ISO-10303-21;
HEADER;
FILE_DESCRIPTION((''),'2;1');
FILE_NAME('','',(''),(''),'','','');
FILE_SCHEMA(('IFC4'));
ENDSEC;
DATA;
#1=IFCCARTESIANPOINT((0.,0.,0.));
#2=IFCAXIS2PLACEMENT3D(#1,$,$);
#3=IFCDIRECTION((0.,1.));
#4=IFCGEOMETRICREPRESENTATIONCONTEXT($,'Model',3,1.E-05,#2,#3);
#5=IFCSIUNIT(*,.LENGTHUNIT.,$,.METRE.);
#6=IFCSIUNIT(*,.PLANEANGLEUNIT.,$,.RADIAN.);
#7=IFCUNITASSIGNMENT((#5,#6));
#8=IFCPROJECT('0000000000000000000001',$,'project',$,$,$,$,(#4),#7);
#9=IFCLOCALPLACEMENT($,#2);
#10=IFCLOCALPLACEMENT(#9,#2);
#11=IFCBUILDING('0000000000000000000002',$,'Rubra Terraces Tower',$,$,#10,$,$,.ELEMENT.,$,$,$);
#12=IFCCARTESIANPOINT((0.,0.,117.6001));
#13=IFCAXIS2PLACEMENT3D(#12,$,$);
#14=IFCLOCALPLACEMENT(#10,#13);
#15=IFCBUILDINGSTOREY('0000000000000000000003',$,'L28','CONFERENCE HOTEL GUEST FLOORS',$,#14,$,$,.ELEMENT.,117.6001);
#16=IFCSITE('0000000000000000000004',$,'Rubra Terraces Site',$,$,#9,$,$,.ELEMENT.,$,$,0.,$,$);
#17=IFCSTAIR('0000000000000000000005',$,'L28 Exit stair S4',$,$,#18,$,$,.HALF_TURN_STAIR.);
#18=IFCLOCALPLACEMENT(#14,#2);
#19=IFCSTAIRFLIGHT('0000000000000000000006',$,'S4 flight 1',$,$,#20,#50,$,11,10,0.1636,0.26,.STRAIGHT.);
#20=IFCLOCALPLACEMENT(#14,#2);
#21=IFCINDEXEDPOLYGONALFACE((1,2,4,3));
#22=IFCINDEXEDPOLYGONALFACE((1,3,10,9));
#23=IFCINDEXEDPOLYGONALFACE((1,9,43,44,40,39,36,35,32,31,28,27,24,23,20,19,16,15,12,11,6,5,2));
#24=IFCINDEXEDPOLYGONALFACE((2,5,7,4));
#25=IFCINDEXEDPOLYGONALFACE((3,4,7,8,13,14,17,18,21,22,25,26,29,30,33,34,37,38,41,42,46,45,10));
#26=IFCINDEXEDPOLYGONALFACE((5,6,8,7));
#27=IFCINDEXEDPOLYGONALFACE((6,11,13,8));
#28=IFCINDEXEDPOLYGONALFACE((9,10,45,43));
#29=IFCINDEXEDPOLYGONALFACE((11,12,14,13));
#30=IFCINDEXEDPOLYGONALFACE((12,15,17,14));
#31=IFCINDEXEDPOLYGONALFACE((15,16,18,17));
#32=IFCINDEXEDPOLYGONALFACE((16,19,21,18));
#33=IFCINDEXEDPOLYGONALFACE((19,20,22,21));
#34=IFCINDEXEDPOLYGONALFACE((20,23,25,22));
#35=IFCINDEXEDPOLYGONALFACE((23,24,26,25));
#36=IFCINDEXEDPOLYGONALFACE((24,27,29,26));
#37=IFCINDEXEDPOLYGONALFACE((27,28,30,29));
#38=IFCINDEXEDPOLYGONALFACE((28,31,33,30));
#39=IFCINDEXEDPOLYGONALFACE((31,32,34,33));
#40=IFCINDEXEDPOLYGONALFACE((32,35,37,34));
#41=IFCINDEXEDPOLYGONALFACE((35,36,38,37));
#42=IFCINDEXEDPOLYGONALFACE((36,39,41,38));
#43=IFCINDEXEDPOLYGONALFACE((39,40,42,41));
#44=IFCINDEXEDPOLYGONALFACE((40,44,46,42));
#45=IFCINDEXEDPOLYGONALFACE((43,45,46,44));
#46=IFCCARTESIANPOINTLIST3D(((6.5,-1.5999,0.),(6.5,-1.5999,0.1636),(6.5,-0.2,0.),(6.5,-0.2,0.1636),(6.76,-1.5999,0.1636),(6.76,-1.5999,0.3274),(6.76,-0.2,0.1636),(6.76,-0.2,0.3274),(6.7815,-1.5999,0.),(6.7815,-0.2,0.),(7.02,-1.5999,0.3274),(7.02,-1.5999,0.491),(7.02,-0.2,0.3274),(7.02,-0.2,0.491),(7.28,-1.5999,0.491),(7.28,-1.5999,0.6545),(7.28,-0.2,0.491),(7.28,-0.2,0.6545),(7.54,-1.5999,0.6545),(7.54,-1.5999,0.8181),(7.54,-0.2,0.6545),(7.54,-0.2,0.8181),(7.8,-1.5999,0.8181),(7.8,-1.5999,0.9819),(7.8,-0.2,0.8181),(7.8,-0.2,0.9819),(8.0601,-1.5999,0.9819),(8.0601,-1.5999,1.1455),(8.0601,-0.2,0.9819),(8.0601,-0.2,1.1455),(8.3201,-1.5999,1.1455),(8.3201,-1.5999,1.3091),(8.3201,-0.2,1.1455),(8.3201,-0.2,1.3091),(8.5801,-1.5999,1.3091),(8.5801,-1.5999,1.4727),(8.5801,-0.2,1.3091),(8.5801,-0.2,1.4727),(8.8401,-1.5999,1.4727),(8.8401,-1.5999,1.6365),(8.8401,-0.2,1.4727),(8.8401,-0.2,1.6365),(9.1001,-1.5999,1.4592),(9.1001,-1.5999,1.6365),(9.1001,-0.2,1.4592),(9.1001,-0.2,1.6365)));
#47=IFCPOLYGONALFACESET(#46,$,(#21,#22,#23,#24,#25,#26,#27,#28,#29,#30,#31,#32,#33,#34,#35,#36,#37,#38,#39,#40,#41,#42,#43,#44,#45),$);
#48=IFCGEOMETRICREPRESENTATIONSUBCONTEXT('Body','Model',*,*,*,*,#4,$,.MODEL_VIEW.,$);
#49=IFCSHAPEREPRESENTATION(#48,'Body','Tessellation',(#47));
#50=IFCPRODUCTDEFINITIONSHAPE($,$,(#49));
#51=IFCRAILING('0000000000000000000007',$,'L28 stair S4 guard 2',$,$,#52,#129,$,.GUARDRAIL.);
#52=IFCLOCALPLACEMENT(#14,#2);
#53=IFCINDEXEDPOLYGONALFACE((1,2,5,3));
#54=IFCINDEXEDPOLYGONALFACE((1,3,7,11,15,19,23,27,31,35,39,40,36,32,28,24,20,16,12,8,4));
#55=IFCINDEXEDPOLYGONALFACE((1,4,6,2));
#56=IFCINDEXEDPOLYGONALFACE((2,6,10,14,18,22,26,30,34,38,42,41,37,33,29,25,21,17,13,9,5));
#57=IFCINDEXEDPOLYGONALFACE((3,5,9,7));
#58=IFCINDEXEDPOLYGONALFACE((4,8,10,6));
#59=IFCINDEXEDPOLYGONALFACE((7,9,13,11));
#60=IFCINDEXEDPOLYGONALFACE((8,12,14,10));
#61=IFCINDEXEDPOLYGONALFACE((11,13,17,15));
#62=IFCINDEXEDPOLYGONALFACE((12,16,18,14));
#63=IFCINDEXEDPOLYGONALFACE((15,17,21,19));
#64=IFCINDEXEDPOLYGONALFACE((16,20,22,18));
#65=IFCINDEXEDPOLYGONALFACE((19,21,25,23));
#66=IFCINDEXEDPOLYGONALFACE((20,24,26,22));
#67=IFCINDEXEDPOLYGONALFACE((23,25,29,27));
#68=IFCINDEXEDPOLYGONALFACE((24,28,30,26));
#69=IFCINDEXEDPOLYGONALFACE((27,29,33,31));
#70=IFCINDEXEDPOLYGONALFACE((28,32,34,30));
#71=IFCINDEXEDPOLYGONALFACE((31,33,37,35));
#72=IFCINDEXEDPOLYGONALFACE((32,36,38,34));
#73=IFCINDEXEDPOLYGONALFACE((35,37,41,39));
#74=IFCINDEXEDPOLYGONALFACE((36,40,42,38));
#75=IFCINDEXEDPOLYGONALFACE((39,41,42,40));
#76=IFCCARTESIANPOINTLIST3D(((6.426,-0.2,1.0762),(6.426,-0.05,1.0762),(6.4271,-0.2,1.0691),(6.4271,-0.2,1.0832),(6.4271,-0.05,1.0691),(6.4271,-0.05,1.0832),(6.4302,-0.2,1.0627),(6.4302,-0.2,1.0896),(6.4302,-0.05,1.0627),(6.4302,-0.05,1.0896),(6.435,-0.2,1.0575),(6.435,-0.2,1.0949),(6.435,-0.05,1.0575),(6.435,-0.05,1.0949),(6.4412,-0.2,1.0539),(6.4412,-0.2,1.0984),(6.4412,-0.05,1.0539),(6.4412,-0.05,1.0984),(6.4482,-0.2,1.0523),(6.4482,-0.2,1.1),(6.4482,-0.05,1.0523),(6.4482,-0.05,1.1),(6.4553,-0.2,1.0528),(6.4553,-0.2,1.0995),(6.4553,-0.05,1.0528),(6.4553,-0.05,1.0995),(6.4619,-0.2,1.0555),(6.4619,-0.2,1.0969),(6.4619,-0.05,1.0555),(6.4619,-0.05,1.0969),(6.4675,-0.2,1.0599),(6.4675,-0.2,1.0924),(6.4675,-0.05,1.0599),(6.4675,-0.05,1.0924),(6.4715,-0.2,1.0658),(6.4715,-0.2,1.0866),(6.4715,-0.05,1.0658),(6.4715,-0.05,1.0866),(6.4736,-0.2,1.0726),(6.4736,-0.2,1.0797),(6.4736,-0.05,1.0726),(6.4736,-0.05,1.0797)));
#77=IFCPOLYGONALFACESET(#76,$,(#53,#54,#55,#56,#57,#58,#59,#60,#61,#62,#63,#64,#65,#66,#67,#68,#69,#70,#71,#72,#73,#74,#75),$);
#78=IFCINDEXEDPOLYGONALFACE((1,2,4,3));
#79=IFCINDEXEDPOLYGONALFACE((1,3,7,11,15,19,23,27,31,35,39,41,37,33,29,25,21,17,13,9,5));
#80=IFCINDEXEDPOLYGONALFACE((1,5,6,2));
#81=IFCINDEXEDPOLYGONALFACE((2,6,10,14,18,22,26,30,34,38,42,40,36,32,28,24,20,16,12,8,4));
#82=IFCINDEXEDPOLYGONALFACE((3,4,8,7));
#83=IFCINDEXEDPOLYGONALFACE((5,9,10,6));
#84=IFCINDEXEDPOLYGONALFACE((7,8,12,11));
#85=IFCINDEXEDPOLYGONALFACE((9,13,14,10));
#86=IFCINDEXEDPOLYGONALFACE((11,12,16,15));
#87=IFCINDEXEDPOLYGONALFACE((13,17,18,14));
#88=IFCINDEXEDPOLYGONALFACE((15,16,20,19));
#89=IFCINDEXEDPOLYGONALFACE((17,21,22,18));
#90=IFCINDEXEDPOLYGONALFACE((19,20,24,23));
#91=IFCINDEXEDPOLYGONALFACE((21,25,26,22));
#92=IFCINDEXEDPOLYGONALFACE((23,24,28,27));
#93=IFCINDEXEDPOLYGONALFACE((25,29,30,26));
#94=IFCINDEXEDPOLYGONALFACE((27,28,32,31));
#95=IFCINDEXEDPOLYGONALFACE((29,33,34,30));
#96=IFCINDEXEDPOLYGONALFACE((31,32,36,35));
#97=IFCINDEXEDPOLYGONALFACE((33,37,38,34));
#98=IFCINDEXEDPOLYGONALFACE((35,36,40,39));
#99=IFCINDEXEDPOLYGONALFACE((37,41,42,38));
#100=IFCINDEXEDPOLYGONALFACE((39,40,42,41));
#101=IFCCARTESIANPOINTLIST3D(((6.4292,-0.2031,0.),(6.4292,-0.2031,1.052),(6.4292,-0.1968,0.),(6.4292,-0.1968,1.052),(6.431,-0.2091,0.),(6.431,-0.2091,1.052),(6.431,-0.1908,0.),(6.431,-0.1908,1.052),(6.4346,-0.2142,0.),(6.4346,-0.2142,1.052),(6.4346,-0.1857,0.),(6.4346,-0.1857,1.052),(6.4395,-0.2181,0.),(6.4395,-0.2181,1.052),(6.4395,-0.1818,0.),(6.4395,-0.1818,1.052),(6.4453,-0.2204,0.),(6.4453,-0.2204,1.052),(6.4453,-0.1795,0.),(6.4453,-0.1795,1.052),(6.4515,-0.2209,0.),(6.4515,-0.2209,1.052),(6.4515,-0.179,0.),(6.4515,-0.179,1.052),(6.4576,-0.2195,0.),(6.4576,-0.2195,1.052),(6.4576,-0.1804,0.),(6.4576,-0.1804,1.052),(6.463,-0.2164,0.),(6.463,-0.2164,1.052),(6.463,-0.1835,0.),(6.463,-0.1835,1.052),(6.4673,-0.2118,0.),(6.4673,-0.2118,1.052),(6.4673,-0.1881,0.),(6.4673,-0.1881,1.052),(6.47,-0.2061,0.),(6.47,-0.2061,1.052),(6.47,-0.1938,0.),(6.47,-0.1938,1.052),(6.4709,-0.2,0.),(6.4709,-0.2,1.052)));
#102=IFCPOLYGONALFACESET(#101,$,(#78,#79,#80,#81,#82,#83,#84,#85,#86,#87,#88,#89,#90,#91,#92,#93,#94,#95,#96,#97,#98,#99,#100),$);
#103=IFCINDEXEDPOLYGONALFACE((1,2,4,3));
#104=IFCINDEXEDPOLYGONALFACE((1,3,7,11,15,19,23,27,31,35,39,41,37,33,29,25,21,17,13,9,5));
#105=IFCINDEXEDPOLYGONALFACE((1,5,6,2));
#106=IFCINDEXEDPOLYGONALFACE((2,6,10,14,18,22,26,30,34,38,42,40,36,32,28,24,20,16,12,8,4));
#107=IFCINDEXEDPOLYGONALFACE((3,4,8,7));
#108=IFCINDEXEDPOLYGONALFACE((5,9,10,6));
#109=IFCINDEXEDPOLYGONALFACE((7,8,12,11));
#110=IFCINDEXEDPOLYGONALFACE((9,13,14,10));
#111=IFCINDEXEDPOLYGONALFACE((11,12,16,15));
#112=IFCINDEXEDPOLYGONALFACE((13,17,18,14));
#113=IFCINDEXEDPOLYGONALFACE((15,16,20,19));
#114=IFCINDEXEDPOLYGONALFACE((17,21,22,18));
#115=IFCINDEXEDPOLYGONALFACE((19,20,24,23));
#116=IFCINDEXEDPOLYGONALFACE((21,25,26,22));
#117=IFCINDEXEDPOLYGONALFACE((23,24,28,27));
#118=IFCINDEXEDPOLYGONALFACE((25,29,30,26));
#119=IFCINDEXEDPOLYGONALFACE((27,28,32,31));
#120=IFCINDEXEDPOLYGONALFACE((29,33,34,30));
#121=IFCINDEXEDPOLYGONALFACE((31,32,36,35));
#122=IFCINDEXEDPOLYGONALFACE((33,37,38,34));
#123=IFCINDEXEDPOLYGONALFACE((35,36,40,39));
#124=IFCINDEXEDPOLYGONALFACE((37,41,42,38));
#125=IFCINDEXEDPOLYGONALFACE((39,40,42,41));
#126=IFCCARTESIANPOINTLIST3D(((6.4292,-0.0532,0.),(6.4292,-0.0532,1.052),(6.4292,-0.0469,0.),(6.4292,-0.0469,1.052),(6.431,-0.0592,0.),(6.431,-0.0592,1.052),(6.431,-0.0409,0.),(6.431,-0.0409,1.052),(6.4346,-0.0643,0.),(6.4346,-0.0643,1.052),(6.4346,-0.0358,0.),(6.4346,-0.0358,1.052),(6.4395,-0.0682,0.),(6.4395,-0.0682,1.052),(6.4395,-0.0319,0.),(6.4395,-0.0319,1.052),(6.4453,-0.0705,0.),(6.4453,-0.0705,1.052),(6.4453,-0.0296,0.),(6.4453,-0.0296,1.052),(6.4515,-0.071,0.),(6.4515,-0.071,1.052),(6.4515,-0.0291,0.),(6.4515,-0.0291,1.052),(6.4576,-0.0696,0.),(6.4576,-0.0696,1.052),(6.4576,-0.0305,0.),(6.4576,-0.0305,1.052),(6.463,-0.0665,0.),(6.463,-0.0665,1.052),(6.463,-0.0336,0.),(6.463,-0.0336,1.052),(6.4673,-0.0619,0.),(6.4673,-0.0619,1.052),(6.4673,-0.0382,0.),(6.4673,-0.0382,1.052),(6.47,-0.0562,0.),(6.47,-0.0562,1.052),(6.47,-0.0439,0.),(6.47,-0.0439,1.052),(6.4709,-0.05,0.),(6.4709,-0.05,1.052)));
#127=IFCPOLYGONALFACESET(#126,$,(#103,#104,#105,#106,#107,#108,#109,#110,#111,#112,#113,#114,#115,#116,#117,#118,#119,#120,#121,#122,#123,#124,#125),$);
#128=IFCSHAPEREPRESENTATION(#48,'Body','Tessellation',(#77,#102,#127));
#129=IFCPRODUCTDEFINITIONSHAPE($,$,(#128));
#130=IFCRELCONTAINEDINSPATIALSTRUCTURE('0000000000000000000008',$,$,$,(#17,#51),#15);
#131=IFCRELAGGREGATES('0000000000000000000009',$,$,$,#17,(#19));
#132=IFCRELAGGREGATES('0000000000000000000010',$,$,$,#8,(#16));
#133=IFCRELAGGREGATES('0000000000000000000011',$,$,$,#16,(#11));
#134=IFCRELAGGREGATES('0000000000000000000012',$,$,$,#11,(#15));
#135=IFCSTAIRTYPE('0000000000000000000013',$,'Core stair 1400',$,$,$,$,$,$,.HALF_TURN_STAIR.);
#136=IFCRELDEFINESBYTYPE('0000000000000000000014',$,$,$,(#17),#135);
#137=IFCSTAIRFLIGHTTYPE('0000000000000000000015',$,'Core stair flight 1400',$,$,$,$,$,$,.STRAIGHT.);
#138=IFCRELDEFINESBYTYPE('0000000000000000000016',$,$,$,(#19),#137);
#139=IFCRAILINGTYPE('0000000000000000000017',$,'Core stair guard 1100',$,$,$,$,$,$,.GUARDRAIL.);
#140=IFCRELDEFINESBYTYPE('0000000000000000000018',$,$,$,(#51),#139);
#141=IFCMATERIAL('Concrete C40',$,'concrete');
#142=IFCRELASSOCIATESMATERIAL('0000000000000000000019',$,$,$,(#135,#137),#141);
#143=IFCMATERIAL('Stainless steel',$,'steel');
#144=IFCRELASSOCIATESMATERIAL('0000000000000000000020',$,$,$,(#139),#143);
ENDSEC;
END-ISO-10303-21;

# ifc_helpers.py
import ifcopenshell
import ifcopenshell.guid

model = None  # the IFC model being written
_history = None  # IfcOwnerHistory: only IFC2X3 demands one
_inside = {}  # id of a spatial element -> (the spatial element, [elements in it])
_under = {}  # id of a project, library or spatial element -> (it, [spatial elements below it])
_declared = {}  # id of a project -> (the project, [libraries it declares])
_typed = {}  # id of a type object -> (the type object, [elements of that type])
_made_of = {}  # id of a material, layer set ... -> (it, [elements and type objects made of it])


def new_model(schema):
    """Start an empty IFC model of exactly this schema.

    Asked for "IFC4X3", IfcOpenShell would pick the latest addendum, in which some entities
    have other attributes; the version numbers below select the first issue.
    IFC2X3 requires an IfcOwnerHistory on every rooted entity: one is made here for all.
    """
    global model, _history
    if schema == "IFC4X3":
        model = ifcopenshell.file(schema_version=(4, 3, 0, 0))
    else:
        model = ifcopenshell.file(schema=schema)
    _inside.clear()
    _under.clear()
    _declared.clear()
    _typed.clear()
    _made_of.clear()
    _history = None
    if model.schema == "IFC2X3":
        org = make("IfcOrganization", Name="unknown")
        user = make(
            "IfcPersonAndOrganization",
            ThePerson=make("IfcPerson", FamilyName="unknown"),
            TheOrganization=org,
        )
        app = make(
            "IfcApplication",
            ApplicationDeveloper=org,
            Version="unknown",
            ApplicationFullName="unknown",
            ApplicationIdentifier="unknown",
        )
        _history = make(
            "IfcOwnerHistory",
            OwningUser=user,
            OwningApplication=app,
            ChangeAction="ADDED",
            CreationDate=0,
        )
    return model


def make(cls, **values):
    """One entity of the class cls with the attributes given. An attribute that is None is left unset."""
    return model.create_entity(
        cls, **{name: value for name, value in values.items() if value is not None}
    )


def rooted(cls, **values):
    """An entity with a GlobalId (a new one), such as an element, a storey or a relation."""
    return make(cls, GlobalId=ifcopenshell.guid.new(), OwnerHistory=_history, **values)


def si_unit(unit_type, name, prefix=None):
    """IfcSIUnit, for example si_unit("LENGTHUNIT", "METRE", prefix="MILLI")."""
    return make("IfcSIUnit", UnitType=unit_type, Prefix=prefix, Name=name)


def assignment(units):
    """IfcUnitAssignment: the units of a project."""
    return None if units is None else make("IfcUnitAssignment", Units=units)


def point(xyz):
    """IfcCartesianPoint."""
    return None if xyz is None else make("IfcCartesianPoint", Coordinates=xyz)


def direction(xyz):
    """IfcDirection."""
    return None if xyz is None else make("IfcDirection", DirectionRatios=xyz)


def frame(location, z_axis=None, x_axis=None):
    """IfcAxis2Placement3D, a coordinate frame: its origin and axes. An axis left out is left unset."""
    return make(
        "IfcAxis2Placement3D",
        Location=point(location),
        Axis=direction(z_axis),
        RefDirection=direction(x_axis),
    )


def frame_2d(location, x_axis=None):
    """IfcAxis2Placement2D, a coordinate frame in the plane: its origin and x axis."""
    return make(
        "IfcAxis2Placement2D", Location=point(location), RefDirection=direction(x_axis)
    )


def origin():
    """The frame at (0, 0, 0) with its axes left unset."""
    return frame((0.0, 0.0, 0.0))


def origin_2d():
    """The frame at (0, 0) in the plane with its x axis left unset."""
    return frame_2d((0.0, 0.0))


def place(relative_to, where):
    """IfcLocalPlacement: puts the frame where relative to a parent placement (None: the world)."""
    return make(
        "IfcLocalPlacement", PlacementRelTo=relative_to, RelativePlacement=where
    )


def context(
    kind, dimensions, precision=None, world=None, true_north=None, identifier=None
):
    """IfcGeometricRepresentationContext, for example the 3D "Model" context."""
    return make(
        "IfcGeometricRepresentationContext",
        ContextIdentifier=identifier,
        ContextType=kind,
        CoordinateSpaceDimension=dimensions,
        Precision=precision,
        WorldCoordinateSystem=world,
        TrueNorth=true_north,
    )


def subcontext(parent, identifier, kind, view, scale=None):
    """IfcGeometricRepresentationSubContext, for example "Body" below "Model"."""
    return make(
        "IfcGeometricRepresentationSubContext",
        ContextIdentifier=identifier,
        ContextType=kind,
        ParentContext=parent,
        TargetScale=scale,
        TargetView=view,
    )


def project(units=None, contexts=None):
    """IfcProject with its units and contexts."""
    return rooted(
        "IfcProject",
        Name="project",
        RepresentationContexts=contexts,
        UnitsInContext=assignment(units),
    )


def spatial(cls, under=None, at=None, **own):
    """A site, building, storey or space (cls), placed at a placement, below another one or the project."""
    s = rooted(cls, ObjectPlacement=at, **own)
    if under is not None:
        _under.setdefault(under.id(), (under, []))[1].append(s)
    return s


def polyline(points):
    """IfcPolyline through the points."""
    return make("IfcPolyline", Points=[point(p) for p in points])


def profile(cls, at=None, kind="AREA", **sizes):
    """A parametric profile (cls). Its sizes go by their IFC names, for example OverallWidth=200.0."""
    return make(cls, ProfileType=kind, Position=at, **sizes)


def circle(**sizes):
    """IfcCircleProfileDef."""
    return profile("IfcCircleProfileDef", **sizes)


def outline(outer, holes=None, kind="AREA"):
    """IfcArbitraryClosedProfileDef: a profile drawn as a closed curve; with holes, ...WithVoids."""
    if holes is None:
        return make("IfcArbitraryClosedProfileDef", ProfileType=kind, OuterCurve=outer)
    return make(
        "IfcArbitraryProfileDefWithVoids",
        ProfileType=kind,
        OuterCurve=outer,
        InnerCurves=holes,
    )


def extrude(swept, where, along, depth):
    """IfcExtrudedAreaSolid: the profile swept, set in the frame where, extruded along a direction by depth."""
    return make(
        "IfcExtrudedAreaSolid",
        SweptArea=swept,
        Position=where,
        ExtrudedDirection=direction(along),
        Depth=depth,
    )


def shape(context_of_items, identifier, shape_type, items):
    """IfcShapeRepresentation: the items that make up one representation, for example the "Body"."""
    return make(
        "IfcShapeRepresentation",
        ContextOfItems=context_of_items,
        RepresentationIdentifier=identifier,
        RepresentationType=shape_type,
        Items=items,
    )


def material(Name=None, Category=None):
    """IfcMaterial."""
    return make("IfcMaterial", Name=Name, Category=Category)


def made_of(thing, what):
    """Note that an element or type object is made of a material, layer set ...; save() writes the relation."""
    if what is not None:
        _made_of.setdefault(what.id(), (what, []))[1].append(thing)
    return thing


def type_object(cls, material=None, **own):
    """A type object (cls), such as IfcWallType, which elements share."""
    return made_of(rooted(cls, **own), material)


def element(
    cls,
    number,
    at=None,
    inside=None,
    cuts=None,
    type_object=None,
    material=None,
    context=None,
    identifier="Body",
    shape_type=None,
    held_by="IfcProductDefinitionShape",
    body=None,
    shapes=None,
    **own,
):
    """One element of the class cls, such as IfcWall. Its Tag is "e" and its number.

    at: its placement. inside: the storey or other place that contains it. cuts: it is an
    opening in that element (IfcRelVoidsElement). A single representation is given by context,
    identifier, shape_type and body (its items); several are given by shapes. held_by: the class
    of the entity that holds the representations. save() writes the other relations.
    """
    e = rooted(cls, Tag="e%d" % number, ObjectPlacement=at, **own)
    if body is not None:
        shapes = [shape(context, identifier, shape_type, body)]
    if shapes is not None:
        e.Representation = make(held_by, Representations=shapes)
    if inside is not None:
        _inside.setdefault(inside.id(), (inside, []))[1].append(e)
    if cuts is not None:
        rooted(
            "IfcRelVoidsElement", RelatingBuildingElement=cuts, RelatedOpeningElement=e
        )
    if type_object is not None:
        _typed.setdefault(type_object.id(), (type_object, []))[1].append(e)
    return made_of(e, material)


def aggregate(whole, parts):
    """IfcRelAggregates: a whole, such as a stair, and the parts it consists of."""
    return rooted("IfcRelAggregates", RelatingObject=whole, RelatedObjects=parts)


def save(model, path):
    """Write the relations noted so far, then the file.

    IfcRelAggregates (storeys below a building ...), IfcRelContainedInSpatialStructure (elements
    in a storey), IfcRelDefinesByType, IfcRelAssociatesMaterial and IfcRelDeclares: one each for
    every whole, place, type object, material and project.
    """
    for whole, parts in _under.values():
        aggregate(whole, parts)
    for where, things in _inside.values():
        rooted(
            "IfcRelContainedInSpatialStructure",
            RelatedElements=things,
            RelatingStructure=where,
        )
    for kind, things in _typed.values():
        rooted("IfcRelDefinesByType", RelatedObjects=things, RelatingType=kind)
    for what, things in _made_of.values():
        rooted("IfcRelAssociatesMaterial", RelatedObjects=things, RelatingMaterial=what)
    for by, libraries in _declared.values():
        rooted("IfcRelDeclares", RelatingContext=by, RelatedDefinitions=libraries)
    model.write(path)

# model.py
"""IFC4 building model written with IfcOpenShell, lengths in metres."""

from ifc_helpers import new_model, si_unit, direction, frame, origin, origin_2d, place, context, subcontext, project, spatial, polyline, circle, outline, extrude, material, type_object, element, aggregate, save


model = new_model("IFC4")

# Units and contexts
model_context = context("Model", 3, precision=1e-05, world=origin(), true_north=direction((0.0, 1.0)))
body_context = subcontext(model_context, "Body", "Model", "MODEL_VIEW")
ifc_project = project(units=[si_unit("LENGTHUNIT", "METRE"), si_unit("PLANEANGLEUNIT", "RADIAN")], contexts=[model_context])

# Site, building, storey
site_placement = place(None, origin())
site = spatial("IfcSite", under=ifc_project, at=site_placement, Name="Rubra Terraces Site", CompositionType="ELEMENT", RefElevation=0.0)
building_placement = place(site_placement, origin())
building = spatial("IfcBuilding", under=site, at=building_placement, Name="Rubra Terraces Tower", CompositionType="ELEMENT")
storey_placement = place(building_placement, frame((0.0, 0.0, 117.6001)))
storey = spatial("IfcBuildingStorey", under=building, at=storey_placement, Name="L28", Description="CONFERENCE HOTEL GUEST FLOORS", CompositionType="ELEMENT", Elevation=117.6001)

# Stair
ifc_material_1 = material(Name="Concrete C40", Category="concrete")
stair_type = type_object("IfcStairType", Name="Core stair 1400", PredefinedType="HALF_TURN_STAIR", material=ifc_material_1)
stair_1_placement = place(storey_placement, origin())
stair_1 = element("IfcStair", 1, at=stair_1_placement, inside=storey, type_object=stair_type, Name="L28 Exit stair S4", PredefinedType="HALF_TURN_STAIR")

# Stair flight
stair_flight_type = type_object("IfcStairFlightType", Name="Core stair flight 1400", PredefinedType="STRAIGHT", material=ifc_material_1)
stair_flight_placement = place(storey_placement, frame((6.5, -0.8999, 0.0), z_axis=(0.0, 0.0, 1.0), x_axis=(1.0, 0.0, 0.0)))
stair_flight = element("IfcStairFlight", 2, at=stair_flight_placement, type_object=stair_flight_type, Name="S4 flight 1", NumberOfRisers=11, NumberOfTreads=10, PredefinedType="STRAIGHT", RiserHeight=0.1636, TreadLength=0.26, context=body_context, shape_type="SweptSolid", body=[
    extrude(outline(polyline([(0.0, 0.0), (0.0, 0.1636), (0.26, 0.1636), (0.26, 0.3274), (0.52, 0.3274), (0.52, 0.491), (0.78, 0.491), (0.78, 0.6545), (1.04, 0.6545), (1.04, 0.8181), (1.3, 0.8181), (1.3, 0.9819), (1.5601, 0.9819), (1.5601, 1.1455), (1.8201, 1.1455), (1.8201, 1.3091), (2.0801, 1.3091), (2.0801, 1.4727), (2.3401, 1.4727), (2.3401, 1.6365), (2.6001, 1.6365), (2.6001, 1.8), (2.6001, 1.4592), (0.2815, 0.0), (0.0, 0.0)])), frame((0.0, 0.7, 0.0), z_axis=(0.0, -1.0, 0.0), x_axis=(1.0, 0.0, 0.0)), (0.0, 0.0, 1.0), 1.3999),
])
aggregate(stair_1, [stair_flight])

# Railing
ifc_material_2 = material(Name="Stainless steel", Category="steel")
railing_type_1 = type_object("IfcRailingType", Name="Core stair guard 1100", PredefinedType="GUARDRAIL", material=ifc_material_2)
railing_1_placement = place(storey_placement, frame((6.45, -0.2, 0.0)))
element("IfcRailing", 3, at=railing_1_placement, inside=storey, type_object=railing_type_1, Name="L28 stair S4 guard 2", PredefinedType="GUARDRAIL", context=body_context, shape_type="SweptSolid", body=[
    extrude(circle(Radius=0.0239, at=origin_2d()), frame((0.0, 0.0, 1.0762), z_axis=(0.0, 1.0, 0.0), x_axis=(-1.0, 0.0, 0.0)), (0.0, 0.0, 1.0), 0.1499),
    extrude(circle(Radius=0.021, at=origin_2d()), origin(), (0.0, 0.0, 1.0), 1.052),
    extrude(circle(Radius=0.021, at=origin_2d()), frame((0.0, 0.1499, 0.0)), (0.0, 0.0, 1.0), 1.052),
])

save(model, "model.ifc")
